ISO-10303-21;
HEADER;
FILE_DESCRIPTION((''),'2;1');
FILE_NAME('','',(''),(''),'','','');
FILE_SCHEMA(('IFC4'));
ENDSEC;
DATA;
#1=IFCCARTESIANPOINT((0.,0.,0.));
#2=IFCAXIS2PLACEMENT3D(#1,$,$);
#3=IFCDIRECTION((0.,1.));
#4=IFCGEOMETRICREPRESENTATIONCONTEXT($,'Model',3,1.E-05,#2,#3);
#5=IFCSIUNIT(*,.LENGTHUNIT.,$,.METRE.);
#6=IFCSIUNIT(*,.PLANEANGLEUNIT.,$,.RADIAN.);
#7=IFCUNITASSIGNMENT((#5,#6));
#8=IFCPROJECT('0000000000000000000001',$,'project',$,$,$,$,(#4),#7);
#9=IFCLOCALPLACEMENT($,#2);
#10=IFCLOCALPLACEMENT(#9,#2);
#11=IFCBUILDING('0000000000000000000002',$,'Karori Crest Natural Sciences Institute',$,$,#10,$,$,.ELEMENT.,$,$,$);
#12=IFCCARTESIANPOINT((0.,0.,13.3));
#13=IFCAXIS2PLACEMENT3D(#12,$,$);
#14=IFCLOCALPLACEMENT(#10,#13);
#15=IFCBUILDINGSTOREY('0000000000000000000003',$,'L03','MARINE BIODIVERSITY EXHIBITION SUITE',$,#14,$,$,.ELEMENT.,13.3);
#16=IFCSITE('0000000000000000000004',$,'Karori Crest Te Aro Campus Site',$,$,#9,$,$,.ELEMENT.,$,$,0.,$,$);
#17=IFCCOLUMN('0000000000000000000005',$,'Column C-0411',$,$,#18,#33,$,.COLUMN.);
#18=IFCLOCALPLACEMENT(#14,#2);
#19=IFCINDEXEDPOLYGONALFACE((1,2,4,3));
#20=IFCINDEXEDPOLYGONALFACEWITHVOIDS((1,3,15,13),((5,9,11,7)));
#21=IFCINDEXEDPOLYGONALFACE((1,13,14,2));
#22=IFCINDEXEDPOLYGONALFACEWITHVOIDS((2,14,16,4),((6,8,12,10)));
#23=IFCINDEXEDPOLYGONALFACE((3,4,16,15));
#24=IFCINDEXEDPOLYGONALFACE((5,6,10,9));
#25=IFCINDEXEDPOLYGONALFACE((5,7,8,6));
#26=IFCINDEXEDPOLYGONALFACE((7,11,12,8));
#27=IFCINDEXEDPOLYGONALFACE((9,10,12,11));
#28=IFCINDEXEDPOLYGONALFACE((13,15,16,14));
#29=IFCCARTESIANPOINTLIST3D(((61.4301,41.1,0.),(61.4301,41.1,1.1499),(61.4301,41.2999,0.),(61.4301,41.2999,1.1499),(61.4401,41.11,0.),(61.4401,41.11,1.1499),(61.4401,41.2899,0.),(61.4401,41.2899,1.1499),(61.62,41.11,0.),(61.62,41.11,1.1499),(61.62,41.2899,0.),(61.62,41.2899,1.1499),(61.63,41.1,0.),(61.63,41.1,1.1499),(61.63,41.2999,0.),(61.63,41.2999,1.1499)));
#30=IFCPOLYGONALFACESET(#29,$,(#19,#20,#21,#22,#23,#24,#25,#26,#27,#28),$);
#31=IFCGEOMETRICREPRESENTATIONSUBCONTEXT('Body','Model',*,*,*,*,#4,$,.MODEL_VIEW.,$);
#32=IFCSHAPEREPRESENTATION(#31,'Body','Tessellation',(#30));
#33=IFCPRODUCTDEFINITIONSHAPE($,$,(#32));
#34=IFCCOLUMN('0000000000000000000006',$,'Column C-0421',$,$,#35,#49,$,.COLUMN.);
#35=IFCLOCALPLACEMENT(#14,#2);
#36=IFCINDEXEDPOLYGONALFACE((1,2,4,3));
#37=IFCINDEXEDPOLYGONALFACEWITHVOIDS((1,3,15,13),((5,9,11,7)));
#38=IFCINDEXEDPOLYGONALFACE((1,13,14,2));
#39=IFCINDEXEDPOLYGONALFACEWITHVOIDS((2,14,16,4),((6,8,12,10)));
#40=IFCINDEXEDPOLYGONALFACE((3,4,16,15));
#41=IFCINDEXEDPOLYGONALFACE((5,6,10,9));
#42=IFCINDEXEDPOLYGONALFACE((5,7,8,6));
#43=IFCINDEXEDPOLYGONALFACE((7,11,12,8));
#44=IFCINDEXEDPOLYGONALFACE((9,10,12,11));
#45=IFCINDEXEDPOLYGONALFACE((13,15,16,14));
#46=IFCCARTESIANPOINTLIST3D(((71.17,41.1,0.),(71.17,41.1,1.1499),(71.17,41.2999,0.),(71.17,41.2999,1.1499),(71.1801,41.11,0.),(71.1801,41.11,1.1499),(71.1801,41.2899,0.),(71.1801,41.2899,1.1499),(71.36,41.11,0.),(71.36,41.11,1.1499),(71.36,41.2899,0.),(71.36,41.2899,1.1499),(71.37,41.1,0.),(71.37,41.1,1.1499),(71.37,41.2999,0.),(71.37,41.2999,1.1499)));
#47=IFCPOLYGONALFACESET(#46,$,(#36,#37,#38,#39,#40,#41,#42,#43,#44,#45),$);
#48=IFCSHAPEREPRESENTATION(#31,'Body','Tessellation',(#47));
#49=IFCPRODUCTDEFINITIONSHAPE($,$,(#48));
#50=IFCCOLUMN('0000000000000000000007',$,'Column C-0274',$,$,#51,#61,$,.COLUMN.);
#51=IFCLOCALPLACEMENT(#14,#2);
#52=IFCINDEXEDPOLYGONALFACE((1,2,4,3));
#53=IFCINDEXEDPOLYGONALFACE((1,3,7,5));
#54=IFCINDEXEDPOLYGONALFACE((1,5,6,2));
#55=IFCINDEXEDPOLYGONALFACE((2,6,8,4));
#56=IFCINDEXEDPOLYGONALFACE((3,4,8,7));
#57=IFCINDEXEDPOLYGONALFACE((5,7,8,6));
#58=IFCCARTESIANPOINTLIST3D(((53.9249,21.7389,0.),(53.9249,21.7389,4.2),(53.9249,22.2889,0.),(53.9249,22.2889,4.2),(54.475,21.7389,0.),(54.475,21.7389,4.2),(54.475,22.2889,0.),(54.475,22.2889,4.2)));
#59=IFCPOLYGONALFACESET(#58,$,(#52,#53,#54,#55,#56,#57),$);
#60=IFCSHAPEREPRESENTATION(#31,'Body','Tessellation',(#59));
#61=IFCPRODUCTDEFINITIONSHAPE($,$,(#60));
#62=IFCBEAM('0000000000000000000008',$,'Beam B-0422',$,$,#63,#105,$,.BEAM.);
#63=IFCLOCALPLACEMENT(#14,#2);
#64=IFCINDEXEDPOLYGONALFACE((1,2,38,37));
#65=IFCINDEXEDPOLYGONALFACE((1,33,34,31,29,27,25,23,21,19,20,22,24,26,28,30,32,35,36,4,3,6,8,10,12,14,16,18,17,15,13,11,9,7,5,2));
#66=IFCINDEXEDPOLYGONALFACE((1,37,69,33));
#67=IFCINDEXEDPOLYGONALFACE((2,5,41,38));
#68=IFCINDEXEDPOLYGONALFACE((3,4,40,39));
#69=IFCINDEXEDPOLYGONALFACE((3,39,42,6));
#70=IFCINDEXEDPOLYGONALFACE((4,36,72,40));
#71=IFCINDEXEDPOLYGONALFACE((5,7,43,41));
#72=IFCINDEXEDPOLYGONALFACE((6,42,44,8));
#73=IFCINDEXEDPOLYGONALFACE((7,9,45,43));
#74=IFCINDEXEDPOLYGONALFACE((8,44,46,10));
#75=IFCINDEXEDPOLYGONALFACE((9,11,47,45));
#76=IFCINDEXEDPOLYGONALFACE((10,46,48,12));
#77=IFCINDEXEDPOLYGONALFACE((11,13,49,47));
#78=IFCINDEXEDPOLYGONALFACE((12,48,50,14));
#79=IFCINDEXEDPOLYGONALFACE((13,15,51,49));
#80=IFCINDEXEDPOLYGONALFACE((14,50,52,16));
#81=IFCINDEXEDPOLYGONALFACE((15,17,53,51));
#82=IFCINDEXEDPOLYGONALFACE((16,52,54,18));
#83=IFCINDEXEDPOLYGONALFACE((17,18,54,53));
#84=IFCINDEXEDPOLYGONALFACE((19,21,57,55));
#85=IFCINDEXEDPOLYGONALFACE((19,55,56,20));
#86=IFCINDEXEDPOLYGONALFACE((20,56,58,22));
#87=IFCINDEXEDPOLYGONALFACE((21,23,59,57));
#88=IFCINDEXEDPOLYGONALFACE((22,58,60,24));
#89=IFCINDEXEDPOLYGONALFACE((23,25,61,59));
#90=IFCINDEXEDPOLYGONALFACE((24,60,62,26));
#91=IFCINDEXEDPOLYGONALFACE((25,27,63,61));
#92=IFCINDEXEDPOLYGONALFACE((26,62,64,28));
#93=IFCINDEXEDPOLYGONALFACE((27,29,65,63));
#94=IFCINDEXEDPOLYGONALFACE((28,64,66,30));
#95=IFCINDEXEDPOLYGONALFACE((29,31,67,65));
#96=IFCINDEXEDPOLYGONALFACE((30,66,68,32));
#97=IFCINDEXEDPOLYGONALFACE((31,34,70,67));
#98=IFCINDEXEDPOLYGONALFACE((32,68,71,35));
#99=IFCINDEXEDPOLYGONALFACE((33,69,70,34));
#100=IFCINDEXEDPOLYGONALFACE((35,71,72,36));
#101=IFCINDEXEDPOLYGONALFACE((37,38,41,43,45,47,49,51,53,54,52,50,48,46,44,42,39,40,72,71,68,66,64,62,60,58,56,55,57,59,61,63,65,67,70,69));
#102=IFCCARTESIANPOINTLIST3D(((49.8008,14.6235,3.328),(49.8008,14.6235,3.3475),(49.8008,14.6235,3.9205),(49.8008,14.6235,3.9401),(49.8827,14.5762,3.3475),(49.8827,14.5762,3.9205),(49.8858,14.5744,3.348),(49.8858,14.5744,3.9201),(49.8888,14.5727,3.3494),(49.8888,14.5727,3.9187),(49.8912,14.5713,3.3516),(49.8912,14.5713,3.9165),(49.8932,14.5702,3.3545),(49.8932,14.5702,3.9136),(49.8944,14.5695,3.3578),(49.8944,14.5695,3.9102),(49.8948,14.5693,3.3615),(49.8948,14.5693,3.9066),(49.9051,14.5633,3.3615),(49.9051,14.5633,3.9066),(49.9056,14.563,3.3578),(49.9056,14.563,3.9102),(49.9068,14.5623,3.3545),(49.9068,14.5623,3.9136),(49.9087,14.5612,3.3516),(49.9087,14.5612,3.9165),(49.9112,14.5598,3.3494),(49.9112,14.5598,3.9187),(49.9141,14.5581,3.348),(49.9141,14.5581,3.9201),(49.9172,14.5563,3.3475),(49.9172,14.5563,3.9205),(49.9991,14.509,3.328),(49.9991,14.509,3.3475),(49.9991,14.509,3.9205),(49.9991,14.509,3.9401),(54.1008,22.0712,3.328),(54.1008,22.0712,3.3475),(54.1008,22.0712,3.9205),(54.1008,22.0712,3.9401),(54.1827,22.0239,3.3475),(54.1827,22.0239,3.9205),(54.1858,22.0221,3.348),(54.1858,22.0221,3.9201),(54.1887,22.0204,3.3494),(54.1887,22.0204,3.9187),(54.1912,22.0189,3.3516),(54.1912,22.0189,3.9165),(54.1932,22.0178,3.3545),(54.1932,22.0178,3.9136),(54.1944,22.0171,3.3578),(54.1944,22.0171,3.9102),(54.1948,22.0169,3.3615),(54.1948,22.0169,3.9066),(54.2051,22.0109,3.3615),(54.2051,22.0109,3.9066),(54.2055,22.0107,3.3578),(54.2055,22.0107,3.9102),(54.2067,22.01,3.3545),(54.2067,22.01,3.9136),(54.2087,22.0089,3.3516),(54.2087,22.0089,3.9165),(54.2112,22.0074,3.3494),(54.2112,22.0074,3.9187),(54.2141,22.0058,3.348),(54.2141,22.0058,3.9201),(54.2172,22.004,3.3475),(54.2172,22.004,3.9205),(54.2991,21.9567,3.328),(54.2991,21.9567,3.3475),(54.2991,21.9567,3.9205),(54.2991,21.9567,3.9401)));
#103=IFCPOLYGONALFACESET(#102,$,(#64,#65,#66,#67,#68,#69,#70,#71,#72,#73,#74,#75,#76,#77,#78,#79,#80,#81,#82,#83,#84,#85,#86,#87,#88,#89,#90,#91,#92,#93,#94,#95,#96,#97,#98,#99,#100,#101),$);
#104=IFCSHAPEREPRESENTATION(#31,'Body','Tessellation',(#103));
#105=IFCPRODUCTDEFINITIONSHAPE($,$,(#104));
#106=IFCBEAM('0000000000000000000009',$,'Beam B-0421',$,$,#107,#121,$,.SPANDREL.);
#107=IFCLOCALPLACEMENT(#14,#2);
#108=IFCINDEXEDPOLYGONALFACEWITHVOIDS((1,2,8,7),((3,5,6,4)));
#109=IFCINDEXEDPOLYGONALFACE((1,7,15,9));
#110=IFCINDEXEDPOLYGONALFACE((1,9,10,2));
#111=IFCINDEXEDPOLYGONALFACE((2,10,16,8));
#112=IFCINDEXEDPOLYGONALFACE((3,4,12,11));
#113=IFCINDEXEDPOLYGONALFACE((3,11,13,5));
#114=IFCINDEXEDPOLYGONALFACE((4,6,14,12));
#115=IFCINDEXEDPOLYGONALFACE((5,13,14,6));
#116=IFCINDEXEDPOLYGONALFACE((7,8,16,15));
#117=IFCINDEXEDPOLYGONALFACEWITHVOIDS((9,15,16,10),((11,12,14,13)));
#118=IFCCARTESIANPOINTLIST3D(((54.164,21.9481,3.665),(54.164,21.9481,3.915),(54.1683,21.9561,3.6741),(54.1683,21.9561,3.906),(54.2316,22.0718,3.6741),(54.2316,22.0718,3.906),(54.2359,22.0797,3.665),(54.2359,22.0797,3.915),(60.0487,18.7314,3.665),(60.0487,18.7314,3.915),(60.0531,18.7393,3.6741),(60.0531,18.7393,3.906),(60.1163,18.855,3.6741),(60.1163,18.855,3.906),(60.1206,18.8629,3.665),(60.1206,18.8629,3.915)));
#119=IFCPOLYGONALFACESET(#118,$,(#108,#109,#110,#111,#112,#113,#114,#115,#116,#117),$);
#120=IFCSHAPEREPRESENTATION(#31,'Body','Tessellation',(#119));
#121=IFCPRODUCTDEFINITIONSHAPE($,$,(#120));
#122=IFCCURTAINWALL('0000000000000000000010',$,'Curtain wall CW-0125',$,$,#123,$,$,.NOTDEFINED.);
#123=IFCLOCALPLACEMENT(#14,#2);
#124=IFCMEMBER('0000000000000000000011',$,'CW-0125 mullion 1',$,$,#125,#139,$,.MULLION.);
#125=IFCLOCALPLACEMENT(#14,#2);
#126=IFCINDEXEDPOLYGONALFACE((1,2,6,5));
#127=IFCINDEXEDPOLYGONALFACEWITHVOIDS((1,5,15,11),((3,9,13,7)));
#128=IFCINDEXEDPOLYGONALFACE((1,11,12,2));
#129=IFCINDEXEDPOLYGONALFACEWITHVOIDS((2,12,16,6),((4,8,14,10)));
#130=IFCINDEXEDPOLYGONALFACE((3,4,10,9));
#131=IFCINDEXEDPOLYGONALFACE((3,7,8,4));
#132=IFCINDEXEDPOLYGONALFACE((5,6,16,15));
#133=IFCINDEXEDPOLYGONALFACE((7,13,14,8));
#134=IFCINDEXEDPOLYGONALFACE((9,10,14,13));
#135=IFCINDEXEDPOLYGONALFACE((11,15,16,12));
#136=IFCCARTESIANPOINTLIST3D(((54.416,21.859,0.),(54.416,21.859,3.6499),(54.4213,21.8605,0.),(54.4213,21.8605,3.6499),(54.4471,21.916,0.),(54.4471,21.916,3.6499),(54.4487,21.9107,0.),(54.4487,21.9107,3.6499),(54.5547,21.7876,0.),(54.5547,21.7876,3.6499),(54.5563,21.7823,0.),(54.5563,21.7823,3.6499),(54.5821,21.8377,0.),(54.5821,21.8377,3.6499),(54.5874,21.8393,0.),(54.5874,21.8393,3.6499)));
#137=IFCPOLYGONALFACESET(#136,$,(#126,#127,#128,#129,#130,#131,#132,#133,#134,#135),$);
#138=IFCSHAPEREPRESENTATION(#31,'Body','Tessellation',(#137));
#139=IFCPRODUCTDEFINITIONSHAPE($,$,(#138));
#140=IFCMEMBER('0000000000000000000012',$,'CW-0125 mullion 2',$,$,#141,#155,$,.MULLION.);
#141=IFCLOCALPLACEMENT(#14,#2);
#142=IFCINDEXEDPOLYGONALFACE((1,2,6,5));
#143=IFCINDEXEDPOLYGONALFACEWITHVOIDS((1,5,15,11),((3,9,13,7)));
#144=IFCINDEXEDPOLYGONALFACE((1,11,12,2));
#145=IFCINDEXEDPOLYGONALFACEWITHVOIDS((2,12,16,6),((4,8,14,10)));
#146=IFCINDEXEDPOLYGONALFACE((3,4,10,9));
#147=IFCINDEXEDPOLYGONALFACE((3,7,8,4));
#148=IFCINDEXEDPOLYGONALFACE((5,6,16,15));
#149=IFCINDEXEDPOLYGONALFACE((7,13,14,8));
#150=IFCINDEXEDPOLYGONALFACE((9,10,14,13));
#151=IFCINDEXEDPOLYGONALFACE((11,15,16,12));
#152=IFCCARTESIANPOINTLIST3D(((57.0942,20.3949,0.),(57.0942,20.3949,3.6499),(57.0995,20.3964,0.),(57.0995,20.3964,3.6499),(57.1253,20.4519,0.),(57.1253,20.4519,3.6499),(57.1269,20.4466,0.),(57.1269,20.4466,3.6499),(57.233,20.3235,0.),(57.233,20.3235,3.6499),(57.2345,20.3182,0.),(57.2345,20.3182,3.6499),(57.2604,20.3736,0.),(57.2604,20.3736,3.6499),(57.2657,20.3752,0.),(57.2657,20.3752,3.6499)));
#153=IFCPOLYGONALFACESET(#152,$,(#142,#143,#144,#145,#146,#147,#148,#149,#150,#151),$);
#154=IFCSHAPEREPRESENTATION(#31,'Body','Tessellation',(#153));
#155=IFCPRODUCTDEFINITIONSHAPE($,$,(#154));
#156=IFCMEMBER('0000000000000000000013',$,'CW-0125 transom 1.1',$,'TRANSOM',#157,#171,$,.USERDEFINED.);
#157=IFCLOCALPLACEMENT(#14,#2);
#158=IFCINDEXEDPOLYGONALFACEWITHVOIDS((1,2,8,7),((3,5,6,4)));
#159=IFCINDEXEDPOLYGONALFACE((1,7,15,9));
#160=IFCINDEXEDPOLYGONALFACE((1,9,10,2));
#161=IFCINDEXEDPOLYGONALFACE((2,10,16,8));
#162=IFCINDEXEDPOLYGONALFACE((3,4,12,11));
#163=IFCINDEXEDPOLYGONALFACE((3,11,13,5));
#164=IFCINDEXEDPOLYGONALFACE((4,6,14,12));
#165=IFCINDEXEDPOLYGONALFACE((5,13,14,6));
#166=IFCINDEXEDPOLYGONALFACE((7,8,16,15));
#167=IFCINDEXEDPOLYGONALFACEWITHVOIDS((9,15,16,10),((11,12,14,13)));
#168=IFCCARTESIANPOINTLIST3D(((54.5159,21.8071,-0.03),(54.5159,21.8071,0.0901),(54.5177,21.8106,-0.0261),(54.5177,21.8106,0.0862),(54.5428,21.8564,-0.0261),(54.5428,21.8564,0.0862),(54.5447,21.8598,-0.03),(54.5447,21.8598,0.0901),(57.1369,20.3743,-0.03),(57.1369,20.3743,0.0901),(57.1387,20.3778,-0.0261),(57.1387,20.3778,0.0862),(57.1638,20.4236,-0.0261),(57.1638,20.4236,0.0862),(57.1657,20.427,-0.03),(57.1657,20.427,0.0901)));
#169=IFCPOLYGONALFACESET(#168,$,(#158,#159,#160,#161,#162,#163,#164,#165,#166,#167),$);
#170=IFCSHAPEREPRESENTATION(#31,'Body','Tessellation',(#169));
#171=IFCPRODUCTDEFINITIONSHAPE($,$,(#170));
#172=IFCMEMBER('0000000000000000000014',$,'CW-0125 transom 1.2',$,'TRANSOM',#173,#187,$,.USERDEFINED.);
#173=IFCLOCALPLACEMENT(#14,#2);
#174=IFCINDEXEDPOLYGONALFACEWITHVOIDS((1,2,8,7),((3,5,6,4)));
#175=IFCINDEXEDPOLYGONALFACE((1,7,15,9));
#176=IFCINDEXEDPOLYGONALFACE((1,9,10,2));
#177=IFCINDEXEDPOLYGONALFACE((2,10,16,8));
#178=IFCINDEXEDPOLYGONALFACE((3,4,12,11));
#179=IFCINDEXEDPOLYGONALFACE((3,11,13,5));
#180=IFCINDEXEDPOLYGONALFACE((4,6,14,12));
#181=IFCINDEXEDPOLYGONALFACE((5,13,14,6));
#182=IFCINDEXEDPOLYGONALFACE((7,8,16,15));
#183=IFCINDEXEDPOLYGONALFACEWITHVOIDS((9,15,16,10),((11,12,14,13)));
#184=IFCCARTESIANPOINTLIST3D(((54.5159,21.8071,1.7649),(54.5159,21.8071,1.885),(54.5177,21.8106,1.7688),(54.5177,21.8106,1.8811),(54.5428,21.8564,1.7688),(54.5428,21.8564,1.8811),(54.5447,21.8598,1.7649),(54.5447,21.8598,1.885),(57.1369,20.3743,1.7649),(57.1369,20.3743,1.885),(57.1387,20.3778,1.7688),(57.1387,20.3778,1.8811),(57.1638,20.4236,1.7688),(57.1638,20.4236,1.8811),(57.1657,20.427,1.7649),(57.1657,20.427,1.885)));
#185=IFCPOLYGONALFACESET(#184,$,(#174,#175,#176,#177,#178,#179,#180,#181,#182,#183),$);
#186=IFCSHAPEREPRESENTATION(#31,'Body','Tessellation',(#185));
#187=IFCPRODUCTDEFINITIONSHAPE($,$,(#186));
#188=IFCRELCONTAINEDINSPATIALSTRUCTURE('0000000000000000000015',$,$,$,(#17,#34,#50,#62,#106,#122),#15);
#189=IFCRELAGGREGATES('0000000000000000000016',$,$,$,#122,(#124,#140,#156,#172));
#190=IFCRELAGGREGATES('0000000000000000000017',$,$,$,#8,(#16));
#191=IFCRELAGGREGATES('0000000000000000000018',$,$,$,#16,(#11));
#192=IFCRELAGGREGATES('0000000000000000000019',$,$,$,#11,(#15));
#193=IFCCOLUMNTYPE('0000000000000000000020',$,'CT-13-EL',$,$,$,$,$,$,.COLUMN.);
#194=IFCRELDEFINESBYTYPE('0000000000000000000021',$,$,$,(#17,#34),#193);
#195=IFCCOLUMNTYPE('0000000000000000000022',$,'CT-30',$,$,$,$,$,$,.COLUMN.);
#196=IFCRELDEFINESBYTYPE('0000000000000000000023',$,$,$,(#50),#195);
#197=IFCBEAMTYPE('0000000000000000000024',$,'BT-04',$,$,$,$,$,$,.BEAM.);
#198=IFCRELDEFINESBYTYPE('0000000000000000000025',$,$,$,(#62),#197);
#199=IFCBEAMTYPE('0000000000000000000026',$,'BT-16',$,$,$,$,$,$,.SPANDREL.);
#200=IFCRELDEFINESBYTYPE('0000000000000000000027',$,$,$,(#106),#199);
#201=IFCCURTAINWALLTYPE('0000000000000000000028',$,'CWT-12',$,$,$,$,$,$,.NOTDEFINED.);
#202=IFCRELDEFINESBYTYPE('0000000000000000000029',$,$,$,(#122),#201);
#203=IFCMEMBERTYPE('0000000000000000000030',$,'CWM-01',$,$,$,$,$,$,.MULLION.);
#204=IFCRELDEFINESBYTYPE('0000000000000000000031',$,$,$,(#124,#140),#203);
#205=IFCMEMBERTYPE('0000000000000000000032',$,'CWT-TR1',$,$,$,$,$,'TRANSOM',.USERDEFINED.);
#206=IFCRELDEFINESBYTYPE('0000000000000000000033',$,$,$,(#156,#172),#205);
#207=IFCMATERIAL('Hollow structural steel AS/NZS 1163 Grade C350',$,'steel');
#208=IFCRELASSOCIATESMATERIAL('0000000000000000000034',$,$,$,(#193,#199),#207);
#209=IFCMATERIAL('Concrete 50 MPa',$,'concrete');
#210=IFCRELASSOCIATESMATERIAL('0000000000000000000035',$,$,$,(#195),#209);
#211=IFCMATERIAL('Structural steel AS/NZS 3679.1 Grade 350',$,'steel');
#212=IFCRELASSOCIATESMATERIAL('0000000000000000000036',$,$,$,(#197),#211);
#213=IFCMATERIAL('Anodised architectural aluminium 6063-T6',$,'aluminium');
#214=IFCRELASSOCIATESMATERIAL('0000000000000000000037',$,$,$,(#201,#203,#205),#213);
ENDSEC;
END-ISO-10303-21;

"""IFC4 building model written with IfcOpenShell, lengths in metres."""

from ifc_helpers import new_model, si_unit, direction, frame, origin, origin_2d, place, context, subcontext, project, spatial, rectangle, hollow_rectangle, i_section, extrude, material, material_profile, profile_set, type_object, element, aggregate, save


model = new_model("IFC4")

# Units and contexts
model_context = context("Model", 3, precision=1e-05, world=origin(), true_north=direction((0.0, 1.0)))
body_context = subcontext(model_context, "Body", "Model", "MODEL_VIEW")
ifc_project = project(units=[si_unit("LENGTHUNIT", "METRE"), si_unit("PLANEANGLEUNIT", "RADIAN")], contexts=[model_context])

# Site, building, storey
site_placement = place(None, origin())
site = spatial("IfcSite", under=ifc_project, at=site_placement, Name="Karori Crest Te Aro Campus Site", CompositionType="ELEMENT", RefElevation=0.0)
building_placement = place(site_placement, origin())
building = spatial("IfcBuilding", under=site, at=building_placement, Name="Karori Crest Natural Sciences Institute", CompositionType="ELEMENT")
storey_placement = place(building_placement, frame((0.0, 0.0, 13.3)))
storey = spatial("IfcBuildingStorey", under=building, at=storey_placement, Name="L03", Description="MARINE BIODIVERSITY EXHIBITION SUITE", CompositionType="ELEMENT", Elevation=13.3)

# Columns
ifc_material_1 = material(Name="Hollow structural steel AS/NZS 1163 Grade C350", Category="steel")
ifc_material_profile_1 = material_profile(ifc_material_1, hollow_rectangle(XDim=0.2, YDim=0.2, WallThickness=0.01, at=origin_2d()), Name="SHS200x200x10")
ifc_profile_set_1 = profile_set([ifc_material_profile_1], Name="Hollow structural steel AS/NZS 1163 Grade C350")
column_type_1 = type_object("IfcColumnType", Name="CT-13-EL", PredefinedType="COLUMN", material=ifc_profile_set_1)
for number, where, z_axis, x_axis, name in (
    (1, (61.53, 41.2, 0.0), (0.0, 0.0, 1.0), (1.0, 0.0, 0.0), "Column C-0411"),
    (2, (71.27, 41.2, 0.0), (0.0, 0.0, 1.0), (1.0, 0.0, 0.0), "Column C-0421"),
):
    element("IfcColumn", number, at=place(storey_placement, frame(where, z_axis=z_axis, x_axis=x_axis)), inside=storey, type_object=column_type_1, Name=name, PredefinedType="COLUMN", context=body_context, shape_type="SweptSolid", body=[
        extrude(hollow_rectangle(XDim=0.2, YDim=0.2, WallThickness=0.01, at=origin_2d()), origin(), (0.0, 0.0, 1.0), 1.1499),
    ])
ifc_material_2 = material(Name="Concrete 50 MPa", Category="concrete")
ifc_material_profile_2 = material_profile(ifc_material_2, rectangle(XDim=0.55, YDim=0.55, at=origin_2d()), Name="RC550x550")
ifc_profile_set_2 = profile_set([ifc_material_profile_2], Name="Concrete 50 MPa")
column_type_2 = type_object("IfcColumnType", Name="CT-30", PredefinedType="COLUMN", material=ifc_profile_set_2)
column_placement = place(storey_placement, frame((54.2, 22.0139, 0.0), z_axis=(0.0, 0.0, 1.0), x_axis=(1.0, 0.0, 0.0)))
element("IfcColumn", 3, at=column_placement, inside=storey, type_object=column_type_2, Name="Column C-0274", PredefinedType="COLUMN", context=body_context, shape_type="SweptSolid", body=[
    extrude(rectangle(XDim=0.55, YDim=0.55, at=origin_2d()), origin(), (0.0, 0.0, 1.0), 4.2),
])

# Beams
ifc_material_3 = material(Name="Structural steel AS/NZS 3679.1 Grade 350", Category="steel")
ifc_material_profile_3 = material_profile(ifc_material_3, i_section(OverallWidth=0.229, OverallDepth=0.6121, WebThickness=0.012, FlangeThickness=0.0195, FilletRadius=0.0139, at=origin_2d()), Name="610UB125")
ifc_profile_set_3 = profile_set([ifc_material_profile_3], Name="Structural steel AS/NZS 3679.1 Grade 350")
beam_type_1 = type_object("IfcBeamType", Name="BT-04", PredefinedType="BEAM", material=ifc_profile_set_3)
beam_1_placement = place(storey_placement, frame((54.2, 22.0139, 3.634), z_axis=(-0.500008, -0.866021, 0.0), x_axis=(0.866021, -0.500008, 0.0)))
element("IfcBeam", 4, at=beam_1_placement, inside=storey, type_object=beam_type_1, Name="Beam B-0422", PredefinedType="BEAM", context=body_context, shape_type="SweptSolid", body=[
    extrude(i_section(OverallWidth=0.229, OverallDepth=0.6121, WebThickness=0.012, FlangeThickness=0.0195, FilletRadius=0.0139, at=origin_2d()), origin(), (0.0, 0.0, 1.0), 8.5999),
])
ifc_material_profile_4 = material_profile(ifc_material_1, hollow_rectangle(XDim=0.1499, YDim=0.25, WallThickness=0.009, at=origin_2d()), Name="RHS250x150x9")
ifc_profile_set_4 = profile_set([ifc_material_profile_4], Name="Hollow structural steel AS/NZS 1163 Grade C350")
beam_type_2 = type_object("IfcBeamType", Name="BT-16", PredefinedType="SPANDREL", material=ifc_profile_set_4)
beam_2_placement = place(storey_placement, frame((54.2, 22.0139, 3.79), z_axis=(0.877461, -0.479648, 0.0), x_axis=(0.479648, 0.877461, 0.0)))
element("IfcBeam", 5, at=beam_2_placement, inside=storey, type_object=beam_type_2, Name="Beam B-0421", PredefinedType="SPANDREL", context=body_context, shape_type="SweptSolid", body=[
    extrude(hollow_rectangle(XDim=0.1499, YDim=0.25, WallThickness=0.009, at=origin_2d()), origin(), (0.0, 0.0, 1.0), 6.7065),
])

# Curtain wall, members
ifc_material_4 = material(Name="Anodised architectural aluminium 6063-T6", Category="aluminium")
curtain_wall_type = type_object("IfcCurtainWallType", Name="CWT-12", PredefinedType="NOTDEFINED", material=ifc_material_4)
curtain_wall_placement = place(storey_placement, origin())
curtain_wall = element("IfcCurtainWall", 6, at=curtain_wall_placement, inside=storey, type_object=curtain_wall_type, Name="Curtain wall CW-0125", PredefinedType="NOTDEFINED")
ifc_material_profile_5 = material_profile(ifc_material_4, hollow_rectangle(XDim=0.0649, YDim=0.1599, WallThickness=0.0039, at=origin_2d()), Name="CWM160x65x4")
ifc_profile_set_5 = profile_set([ifc_material_profile_5], Name="Anodised architectural aluminium 6063-T6")
member_type_1 = type_object("IfcMemberType", Name="CWM-01", PredefinedType="MULLION", material=ifc_profile_set_5)
member_1_placement = place(storey_placement, frame((54.5017, 21.8491, 0.0), z_axis=(0.0, 0.0, 1.0), x_axis=(0.479631, 0.87747, 0.0)))
member_1 = element("IfcMember", 7, at=member_1_placement, type_object=member_type_1, Name="CW-0125 mullion 1", PredefinedType="MULLION", context=body_context, shape_type="SweptSolid", body=[
    extrude(hollow_rectangle(XDim=0.0649, YDim=0.1599, WallThickness=0.0039, at=origin_2d()), origin(), (0.0, 0.0, 1.0), 3.6499),
])
member_2_placement = place(storey_placement, frame((57.1799, 20.385, 0.0), z_axis=(0.0, 0.0, 1.0), x_axis=(0.479631, 0.87747, 0.0)))
member_2 = element("IfcMember", 8, at=member_2_placement, type_object=member_type_1, Name="CW-0125 mullion 2", PredefinedType="MULLION", context=body_context, shape_type="SweptSolid", body=[
    extrude(hollow_rectangle(XDim=0.0649, YDim=0.1599, WallThickness=0.0039, at=origin_2d()), origin(), (0.0, 0.0, 1.0), 3.6499),
])
ifc_material_profile_6 = material_profile(ifc_material_4, hollow_rectangle(XDim=0.0601, YDim=0.1201, WallThickness=0.0039, at=origin_2d()), Name="CWT120x60x4")
ifc_profile_set_6 = profile_set([ifc_material_profile_6], Name="Anodised architectural aluminium 6063-T6")
member_type_2 = type_object("IfcMemberType", Name="CWT-TR1", ElementType="TRANSOM", PredefinedType="USERDEFINED", material=ifc_profile_set_6)
member_3_placement = place(storey_placement, frame((54.5303, 21.8335, 0.03), z_axis=(0.877449, -0.479671, 0.0), x_axis=(0.479671, 0.877449, 0.0)))
member_3 = element("IfcMember", 9, at=member_3_placement, type_object=member_type_2, Name="CW-0125 transom 1.1", ObjectType="TRANSOM", PredefinedType="USERDEFINED", context=body_context, shape_type="SweptSolid", body=[
    extrude(hollow_rectangle(XDim=0.0601, YDim=0.1201, WallThickness=0.0039, at=origin_2d()), origin(), (0.0, 0.0, 1.0), 2.9871),
])
member_4_placement = place(storey_placement, frame((54.5303, 21.8335, 1.825), z_axis=(0.877449, -0.479671, 0.0), x_axis=(0.479671, 0.877449, 0.0)))
member_4 = element("IfcMember", 10, at=member_4_placement, type_object=member_type_2, Name="CW-0125 transom 1.2", ObjectType="TRANSOM", PredefinedType="USERDEFINED", context=body_context, shape_type="SweptSolid", body=[
    extrude(hollow_rectangle(XDim=0.0601, YDim=0.1201, WallThickness=0.0039, at=origin_2d()), origin(), (0.0, 0.0, 1.0), 2.9871),
])
aggregate(curtain_wall, [member_1, member_2, member_3, member_4])

save(model, "model.ifc")
